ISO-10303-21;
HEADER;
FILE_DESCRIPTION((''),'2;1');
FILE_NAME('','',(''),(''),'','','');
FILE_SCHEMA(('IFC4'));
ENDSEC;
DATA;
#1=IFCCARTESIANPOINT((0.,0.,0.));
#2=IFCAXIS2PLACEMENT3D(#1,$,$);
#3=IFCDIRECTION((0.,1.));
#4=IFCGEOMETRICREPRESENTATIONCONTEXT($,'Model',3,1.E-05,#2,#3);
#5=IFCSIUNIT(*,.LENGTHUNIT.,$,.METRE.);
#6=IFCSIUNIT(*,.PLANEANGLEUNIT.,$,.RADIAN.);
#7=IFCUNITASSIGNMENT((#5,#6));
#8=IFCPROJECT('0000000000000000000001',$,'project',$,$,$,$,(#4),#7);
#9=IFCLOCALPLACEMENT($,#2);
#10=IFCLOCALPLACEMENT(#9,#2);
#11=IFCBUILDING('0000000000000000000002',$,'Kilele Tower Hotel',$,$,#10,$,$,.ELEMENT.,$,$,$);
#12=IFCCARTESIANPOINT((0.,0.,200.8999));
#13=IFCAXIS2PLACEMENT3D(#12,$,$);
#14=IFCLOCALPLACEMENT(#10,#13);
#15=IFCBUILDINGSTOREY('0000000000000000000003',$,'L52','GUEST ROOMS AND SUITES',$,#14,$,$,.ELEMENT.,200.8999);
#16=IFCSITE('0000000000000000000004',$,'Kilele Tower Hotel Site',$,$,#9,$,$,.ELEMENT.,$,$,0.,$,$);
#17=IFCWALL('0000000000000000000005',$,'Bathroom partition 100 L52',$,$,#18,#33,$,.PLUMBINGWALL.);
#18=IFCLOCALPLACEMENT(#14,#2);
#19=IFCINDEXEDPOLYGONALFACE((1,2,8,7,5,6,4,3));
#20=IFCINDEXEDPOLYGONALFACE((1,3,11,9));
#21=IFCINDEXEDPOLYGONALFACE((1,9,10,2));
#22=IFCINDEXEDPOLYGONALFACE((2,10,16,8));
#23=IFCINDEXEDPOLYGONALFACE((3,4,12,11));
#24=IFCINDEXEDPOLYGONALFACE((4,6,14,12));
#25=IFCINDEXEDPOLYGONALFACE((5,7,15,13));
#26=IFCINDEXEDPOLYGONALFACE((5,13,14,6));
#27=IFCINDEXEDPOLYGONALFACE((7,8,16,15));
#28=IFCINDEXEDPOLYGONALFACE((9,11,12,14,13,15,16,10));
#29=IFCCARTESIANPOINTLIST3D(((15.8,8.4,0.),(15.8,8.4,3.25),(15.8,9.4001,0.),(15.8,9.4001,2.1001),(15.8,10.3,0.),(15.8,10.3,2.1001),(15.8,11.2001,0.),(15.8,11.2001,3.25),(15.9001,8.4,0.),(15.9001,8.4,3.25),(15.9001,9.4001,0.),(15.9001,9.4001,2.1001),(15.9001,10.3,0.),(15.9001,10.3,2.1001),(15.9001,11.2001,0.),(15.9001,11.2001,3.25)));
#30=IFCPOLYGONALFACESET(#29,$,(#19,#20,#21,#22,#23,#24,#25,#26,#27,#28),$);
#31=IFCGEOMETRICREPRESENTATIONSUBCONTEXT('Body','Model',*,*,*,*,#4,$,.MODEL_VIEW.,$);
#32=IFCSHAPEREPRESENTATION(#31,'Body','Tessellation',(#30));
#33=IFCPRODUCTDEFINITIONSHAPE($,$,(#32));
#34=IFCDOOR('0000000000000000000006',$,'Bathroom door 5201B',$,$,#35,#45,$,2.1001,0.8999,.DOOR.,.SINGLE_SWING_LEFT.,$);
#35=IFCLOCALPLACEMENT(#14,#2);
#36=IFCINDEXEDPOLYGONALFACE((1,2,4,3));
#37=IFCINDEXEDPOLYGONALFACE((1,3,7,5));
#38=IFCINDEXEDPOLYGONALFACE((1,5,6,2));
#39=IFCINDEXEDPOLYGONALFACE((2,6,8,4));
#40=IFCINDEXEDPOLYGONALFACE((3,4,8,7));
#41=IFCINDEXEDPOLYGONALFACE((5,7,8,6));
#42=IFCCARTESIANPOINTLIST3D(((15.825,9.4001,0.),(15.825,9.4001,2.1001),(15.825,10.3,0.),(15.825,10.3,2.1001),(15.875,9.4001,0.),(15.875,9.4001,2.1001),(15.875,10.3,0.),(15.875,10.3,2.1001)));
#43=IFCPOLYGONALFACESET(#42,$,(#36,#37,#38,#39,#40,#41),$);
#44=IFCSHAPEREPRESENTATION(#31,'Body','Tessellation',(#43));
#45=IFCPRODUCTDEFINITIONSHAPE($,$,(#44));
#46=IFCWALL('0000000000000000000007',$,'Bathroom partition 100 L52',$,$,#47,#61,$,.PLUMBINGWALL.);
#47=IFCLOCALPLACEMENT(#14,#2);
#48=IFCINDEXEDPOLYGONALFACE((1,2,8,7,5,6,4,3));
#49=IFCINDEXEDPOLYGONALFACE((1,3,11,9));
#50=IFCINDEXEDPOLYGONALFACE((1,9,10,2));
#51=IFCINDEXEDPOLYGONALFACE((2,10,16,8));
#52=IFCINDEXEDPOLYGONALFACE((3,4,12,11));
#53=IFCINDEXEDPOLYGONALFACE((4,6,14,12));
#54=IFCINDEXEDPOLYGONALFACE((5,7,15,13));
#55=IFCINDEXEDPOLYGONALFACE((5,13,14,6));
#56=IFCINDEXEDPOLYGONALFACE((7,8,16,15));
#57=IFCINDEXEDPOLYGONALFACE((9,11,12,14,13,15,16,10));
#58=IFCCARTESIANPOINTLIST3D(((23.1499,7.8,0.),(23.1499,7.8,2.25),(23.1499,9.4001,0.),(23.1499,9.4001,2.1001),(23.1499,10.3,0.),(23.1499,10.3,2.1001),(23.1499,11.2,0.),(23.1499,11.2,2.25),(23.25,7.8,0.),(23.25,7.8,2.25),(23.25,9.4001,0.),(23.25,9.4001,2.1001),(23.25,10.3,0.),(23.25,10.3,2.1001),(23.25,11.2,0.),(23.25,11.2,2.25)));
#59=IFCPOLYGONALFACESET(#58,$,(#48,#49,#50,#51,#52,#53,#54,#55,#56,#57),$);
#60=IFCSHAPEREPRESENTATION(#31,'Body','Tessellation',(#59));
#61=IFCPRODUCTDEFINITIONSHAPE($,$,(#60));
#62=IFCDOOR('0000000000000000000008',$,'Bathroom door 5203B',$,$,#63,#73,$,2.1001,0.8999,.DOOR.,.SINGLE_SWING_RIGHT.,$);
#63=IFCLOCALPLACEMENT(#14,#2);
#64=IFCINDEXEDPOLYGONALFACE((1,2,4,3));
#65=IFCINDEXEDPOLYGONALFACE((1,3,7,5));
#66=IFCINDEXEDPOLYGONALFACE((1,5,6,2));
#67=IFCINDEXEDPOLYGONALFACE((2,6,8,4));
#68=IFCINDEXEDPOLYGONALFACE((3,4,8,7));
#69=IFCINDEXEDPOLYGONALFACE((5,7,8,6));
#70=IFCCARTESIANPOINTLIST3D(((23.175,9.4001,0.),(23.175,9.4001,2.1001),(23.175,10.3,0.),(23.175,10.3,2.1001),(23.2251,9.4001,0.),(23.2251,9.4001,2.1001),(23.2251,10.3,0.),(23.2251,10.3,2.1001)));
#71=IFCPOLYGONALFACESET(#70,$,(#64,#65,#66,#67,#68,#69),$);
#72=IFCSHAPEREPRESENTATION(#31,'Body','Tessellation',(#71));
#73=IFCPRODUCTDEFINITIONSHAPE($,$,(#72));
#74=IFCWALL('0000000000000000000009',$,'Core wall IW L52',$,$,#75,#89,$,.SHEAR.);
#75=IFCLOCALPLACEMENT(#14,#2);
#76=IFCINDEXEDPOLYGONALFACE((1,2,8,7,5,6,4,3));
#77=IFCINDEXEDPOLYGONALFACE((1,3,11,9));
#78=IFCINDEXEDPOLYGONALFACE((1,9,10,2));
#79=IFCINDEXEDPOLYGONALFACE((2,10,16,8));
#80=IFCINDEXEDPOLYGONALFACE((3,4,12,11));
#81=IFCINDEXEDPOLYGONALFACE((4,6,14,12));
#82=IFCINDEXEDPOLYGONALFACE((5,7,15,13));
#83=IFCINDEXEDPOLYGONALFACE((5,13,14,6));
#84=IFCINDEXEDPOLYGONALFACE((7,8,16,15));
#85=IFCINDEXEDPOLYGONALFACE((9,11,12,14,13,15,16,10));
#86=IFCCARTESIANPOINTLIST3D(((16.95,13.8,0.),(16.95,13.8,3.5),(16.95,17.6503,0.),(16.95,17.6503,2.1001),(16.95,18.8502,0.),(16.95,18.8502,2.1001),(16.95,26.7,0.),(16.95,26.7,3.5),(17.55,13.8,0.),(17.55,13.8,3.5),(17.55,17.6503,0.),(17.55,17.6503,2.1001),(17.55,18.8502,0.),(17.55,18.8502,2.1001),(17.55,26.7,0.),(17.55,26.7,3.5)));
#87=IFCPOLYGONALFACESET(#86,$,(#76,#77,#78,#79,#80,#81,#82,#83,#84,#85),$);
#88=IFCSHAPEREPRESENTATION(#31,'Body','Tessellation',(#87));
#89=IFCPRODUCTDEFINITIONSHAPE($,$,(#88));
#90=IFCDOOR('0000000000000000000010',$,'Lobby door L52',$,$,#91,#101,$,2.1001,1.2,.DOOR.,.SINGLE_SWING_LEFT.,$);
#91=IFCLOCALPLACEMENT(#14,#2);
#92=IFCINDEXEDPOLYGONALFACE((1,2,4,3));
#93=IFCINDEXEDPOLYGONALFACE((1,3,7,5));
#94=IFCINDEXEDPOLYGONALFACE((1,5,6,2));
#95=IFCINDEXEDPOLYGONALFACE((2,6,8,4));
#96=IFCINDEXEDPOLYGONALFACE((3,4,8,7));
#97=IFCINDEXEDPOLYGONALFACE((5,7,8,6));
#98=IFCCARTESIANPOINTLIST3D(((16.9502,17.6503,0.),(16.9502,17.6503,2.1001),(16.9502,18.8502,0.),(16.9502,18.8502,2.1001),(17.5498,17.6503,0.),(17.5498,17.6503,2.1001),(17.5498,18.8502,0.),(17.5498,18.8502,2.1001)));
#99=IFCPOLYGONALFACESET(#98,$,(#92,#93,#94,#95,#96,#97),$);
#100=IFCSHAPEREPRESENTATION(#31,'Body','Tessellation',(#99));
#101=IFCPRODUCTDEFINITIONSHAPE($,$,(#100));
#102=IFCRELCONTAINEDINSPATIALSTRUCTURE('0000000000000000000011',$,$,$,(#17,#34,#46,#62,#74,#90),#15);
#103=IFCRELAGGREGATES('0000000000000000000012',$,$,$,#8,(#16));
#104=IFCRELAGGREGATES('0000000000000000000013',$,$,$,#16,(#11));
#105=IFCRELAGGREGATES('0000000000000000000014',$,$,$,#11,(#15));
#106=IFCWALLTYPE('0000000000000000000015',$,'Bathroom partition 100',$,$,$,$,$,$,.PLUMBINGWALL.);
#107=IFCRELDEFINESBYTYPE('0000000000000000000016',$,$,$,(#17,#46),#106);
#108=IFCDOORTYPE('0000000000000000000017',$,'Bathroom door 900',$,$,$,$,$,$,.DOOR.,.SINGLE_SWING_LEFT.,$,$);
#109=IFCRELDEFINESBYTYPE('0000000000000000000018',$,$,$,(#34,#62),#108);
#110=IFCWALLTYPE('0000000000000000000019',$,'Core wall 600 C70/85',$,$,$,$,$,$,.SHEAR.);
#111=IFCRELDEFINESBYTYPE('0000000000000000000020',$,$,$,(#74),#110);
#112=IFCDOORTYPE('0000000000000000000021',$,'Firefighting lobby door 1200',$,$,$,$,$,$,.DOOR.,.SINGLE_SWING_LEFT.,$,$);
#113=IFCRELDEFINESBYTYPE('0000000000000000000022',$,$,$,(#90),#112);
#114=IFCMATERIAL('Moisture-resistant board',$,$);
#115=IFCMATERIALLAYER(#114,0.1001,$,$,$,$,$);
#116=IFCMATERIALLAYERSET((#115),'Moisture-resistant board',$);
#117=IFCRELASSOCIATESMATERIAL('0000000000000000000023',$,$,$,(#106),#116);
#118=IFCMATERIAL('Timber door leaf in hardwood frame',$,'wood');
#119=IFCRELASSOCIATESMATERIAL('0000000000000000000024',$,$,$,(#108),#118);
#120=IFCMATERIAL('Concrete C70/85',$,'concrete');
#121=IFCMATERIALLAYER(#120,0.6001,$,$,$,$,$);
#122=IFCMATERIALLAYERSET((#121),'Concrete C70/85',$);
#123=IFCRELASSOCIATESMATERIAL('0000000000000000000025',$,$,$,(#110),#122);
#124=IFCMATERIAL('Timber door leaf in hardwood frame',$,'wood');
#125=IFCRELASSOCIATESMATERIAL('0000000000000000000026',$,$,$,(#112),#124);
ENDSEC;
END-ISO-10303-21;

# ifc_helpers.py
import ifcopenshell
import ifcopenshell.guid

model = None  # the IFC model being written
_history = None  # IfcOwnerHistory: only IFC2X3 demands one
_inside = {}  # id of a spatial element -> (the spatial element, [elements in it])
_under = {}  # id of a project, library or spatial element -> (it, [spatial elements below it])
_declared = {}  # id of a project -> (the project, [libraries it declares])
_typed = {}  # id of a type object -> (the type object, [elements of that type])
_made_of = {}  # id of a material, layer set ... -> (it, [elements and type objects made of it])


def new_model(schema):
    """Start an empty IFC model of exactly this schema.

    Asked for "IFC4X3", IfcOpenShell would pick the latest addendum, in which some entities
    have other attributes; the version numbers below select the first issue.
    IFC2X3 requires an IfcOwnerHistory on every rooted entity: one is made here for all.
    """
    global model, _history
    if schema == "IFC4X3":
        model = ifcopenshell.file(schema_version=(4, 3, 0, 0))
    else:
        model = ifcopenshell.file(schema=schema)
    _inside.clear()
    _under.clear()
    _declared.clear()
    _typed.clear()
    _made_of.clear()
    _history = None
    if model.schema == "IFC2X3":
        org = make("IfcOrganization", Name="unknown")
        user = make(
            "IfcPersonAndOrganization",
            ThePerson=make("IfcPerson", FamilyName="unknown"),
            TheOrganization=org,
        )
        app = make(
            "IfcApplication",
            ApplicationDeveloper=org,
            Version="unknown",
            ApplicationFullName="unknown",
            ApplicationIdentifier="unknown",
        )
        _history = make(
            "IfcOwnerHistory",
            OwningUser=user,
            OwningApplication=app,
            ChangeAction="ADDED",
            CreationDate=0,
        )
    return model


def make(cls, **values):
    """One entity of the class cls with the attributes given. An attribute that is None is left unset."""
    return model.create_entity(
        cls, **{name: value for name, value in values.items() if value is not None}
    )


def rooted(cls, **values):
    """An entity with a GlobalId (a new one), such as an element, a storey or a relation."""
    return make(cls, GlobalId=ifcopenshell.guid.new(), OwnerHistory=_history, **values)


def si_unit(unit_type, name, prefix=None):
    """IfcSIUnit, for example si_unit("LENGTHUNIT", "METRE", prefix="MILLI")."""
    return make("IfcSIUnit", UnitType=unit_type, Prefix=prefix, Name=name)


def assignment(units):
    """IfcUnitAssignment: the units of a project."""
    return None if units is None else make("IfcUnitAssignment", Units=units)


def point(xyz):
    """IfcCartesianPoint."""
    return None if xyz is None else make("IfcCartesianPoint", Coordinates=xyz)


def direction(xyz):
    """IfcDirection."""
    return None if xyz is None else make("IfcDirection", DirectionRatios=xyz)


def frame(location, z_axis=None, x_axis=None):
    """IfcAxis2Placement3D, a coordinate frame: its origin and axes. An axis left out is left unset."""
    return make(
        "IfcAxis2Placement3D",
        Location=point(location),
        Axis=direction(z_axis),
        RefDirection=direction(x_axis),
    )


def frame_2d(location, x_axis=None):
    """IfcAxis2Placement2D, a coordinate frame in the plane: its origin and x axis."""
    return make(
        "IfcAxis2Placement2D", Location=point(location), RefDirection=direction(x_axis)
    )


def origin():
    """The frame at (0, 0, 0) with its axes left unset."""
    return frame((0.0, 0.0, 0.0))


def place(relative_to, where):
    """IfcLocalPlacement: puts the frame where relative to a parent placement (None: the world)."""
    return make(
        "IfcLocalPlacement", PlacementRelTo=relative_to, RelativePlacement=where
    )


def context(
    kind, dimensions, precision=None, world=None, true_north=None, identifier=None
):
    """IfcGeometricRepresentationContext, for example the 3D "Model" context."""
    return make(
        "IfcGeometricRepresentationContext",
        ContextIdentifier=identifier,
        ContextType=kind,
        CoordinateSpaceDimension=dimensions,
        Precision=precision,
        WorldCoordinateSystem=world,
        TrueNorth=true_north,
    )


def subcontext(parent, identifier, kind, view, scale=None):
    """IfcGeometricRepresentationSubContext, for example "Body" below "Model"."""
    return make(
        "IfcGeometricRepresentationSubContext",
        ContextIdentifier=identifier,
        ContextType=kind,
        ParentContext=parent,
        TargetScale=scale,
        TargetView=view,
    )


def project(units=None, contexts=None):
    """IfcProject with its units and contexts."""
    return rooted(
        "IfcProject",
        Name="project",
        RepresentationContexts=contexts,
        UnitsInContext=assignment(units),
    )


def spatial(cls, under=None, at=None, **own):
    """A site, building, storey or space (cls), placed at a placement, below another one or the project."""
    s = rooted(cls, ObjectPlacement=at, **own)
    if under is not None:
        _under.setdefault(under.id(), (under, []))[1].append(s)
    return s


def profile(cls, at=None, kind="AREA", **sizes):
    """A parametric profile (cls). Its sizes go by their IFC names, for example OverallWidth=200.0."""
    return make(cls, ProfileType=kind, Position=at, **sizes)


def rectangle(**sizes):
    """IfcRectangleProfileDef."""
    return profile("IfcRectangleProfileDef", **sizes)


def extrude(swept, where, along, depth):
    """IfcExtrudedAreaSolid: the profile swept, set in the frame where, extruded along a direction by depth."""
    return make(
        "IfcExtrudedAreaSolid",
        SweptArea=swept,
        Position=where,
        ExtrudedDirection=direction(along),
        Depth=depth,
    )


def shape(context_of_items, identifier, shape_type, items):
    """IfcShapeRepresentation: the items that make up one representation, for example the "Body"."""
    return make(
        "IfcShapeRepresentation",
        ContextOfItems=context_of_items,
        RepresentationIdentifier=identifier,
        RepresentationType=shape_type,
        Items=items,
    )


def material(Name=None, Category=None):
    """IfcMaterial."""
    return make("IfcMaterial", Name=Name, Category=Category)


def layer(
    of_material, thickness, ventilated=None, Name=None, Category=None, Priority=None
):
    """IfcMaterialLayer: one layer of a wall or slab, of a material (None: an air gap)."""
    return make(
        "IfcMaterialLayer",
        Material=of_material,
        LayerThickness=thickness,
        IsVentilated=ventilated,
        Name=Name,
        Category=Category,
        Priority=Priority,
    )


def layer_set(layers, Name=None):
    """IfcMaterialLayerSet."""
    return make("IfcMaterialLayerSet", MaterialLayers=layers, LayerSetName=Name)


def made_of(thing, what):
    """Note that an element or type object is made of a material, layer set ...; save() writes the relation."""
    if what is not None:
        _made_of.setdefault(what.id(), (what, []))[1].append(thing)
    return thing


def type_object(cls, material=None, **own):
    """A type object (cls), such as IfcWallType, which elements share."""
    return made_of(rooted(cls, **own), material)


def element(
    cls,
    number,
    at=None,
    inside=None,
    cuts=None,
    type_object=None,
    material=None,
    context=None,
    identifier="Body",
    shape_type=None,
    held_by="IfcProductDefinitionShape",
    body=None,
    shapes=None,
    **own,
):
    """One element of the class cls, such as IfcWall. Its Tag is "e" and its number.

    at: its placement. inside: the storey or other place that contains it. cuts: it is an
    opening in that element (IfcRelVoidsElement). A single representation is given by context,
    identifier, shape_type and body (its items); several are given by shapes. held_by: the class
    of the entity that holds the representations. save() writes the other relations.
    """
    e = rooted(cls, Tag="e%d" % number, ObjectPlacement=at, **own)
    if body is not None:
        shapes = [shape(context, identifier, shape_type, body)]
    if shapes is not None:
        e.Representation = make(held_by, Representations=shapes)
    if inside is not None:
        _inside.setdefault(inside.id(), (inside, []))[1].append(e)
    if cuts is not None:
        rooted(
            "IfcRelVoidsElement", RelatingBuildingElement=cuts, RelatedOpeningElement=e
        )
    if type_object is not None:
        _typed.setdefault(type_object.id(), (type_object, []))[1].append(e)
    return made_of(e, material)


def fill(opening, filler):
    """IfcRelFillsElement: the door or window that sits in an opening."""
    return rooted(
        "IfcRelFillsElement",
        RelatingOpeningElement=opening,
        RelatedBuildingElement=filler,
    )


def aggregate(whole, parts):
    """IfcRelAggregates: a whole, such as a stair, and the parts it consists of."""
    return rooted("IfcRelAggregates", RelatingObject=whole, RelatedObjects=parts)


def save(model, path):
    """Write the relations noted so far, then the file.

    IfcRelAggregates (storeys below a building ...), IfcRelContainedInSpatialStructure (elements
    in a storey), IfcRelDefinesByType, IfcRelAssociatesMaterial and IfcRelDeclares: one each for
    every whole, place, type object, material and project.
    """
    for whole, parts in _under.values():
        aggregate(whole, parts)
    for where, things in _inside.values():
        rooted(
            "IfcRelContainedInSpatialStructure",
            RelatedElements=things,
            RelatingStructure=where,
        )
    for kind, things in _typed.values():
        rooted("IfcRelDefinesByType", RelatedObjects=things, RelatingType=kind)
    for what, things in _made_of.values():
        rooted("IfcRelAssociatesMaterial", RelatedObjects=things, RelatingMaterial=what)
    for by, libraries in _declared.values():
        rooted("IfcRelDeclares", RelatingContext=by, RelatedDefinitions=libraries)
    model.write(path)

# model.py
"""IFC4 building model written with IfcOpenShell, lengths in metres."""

from ifc_helpers import new_model, si_unit, direction, frame, frame_2d, origin, place, context, subcontext, project, spatial, rectangle, extrude, material, layer, layer_set, type_object, element, fill, save


model = new_model("IFC4")

# Units and contexts
model_context = context("Model", 3, precision=1e-05, world=origin(), true_north=direction((0.0, 1.0)))
body_context = subcontext(model_context, "Body", "Model", "MODEL_VIEW")
ifc_project = project(units=[si_unit("LENGTHUNIT", "METRE"), si_unit("PLANEANGLEUNIT", "RADIAN")], contexts=[model_context])

# Site, building, storey
site_placement = place(None, origin())
site = spatial("IfcSite", under=ifc_project, at=site_placement, Name="Kilele Tower Hotel Site", CompositionType="ELEMENT", RefElevation=0.0)
building_placement = place(site_placement, origin())
building = spatial("IfcBuilding", under=site, at=building_placement, Name="Kilele Tower Hotel", CompositionType="ELEMENT")
storey_placement = place(building_placement, frame((0.0, 0.0, 200.8999)))
storey = spatial("IfcBuildingStorey", under=building, at=storey_placement, Name="L52", Description="GUEST ROOMS AND SUITES", CompositionType="ELEMENT", Elevation=200.8999)

# Walls, openings, doors
ifc_material_1 = material(Name="Moisture-resistant board")
ifc_layer_1 = layer(ifc_material_1, 0.1001)
ifc_layer_set_1 = layer_set([ifc_layer_1], Name="Moisture-resistant board")
wall_type_1 = type_object("IfcWallType", Name="Bathroom partition 100", PredefinedType="PLUMBINGWALL", material=ifc_layer_set_1)
wall_1_placement = place(storey_placement, frame((15.8501, 11.2, 0.0), z_axis=(0.0, 0.0, 1.0), x_axis=(0.0, -1.0, 0.0)))
wall_1 = element("IfcWall", 1, at=wall_1_placement, inside=storey, type_object=wall_type_1, Name="Bathroom partition 100 L52", PredefinedType="PLUMBINGWALL", context=body_context, shape_type="SweptSolid", body=[
    extrude(rectangle(XDim=2.8, YDim=0.1001, at=frame_2d((1.3999, 0.0))), origin(), (0.0, 0.0, 1.0), 3.25),
])
opening_1_placement = place(wall_1_placement, frame((0.8999, 0.0, 0.0)))
opening_1 = element("IfcOpeningElement", 2, at=opening_1_placement, cuts=wall_1, PredefinedType="OPENING", context=body_context, shape_type="SweptSolid", body=[
    extrude(rectangle(XDim=0.8999, YDim=2.1001, at=frame_2d((0.45, 1.05))), frame((0.0, 0.0601, 0.0), z_axis=(0.0, -1.0, 0.0), x_axis=(1.0, 0.0, 0.0)), (0.0, 0.0, 1.0), 0.1201),
])
ifc_material_2 = material(Name="Timber door leaf in hardwood frame", Category="wood")
door_type_1 = type_object("IfcDoorType", Name="Bathroom door 900", OperationType="SINGLE_SWING_LEFT", PredefinedType="DOOR", material=ifc_material_2)
door_1_placement = place(opening_1_placement, origin())
door_1 = element("IfcDoor", 3, at=door_1_placement, inside=storey, type_object=door_type_1, Name="Bathroom door 5201B", OperationType="SINGLE_SWING_LEFT", OverallHeight=2.1001, OverallWidth=0.8999, PredefinedType="DOOR", context=body_context, shape_type="SweptSolid", body=[
    extrude(rectangle(XDim=0.8999, YDim=2.1001, at=frame_2d((0.45, 1.05))), frame((0.0, 0.0249, 0.0), z_axis=(0.0, -1.0, 0.0), x_axis=(1.0, 0.0, 0.0)), (0.0, 0.0, 1.0), 0.05),
])
fill(opening_1, door_1)
wall_2_placement = place(storey_placement, frame((23.2, 11.2, 0.0), z_axis=(0.0, 0.0, 1.0), x_axis=(0.0, -1.0, 0.0)))
wall_2 = element("IfcWall", 4, at=wall_2_placement, inside=storey, type_object=wall_type_1, Name="Bathroom partition 100 L52", PredefinedType="PLUMBINGWALL", context=body_context, shape_type="SweptSolid", body=[
    extrude(rectangle(XDim=3.3999, YDim=0.1001, at=frame_2d((1.7, 0.0))), origin(), (0.0, 0.0, 1.0), 2.25),
])
opening_2_placement = place(wall_2_placement, frame((1.7998, 0.0, 0.0), z_axis=(0.0, 0.0, 1.0), x_axis=(-1.0, 0.0, 0.0)))
opening_2 = element("IfcOpeningElement", 5, at=opening_2_placement, cuts=wall_2, PredefinedType="OPENING", context=body_context, shape_type="SweptSolid", body=[
    extrude(rectangle(XDim=0.8999, YDim=2.1001, at=frame_2d((0.45, 1.05))), frame((0.0, 0.0601, 0.0), z_axis=(0.0, -1.0, 0.0), x_axis=(1.0, 0.0, 0.0)), (0.0, 0.0, 1.0), 0.1201),
])
door_2_placement = place(opening_2_placement, origin())
door_2 = element("IfcDoor", 6, at=door_2_placement, inside=storey, type_object=door_type_1, Name="Bathroom door 5203B", OperationType="SINGLE_SWING_RIGHT", OverallHeight=2.1001, OverallWidth=0.8999, PredefinedType="DOOR", context=body_context, shape_type="SweptSolid", body=[
    extrude(rectangle(XDim=0.8999, YDim=2.1001, at=frame_2d((0.45, 1.05))), frame((0.0, 0.0249, 0.0), z_axis=(0.0, -1.0, 0.0), x_axis=(1.0, 0.0, 0.0)), (0.0, 0.0, 1.0), 0.05),
])
fill(opening_2, door_2)
ifc_material_3 = material(Name="Concrete C70/85", Category="concrete")
ifc_layer_2 = layer(ifc_material_3, 0.6001)
ifc_layer_set_2 = layer_set([ifc_layer_2], Name="Concrete C70/85")
wall_type_2 = type_object("IfcWallType", Name="Core wall 600 C70/85", PredefinedType="SHEAR", material=ifc_layer_set_2)
wall_3_placement = place(storey_placement, frame((17.25, 13.8, 0.0), z_axis=(0.0, 0.0, 1.0), x_axis=(0.0, 1.0, 0.0)))
wall_3 = element("IfcWall", 7, at=wall_3_placement, inside=storey, type_object=wall_type_2, Name="Core wall IW L52", PredefinedType="SHEAR", context=body_context, shape_type="SweptSolid", body=[
    extrude(rectangle(XDim=12.8999, YDim=0.6001, at=frame_2d((6.45, 0.0))), origin(), (0.0, 0.0, 1.0), 3.5),
])
opening_3_placement = place(wall_3_placement, frame((3.8501, 0.0, 0.0)))
opening_3 = element("IfcOpeningElement", 8, at=opening_3_placement, cuts=wall_3, PredefinedType="OPENING", context=body_context, shape_type="SweptSolid", body=[
    extrude(rectangle(XDim=1.2, YDim=2.1001, at=frame_2d((0.6001, 1.05))), frame((0.0, 0.3101, 0.0), z_axis=(0.0, -1.0, 0.0), x_axis=(1.0, 0.0, 0.0)), (0.0, 0.0, 1.0), 0.6201),
])
ifc_material_4 = material(Name="Timber door leaf in hardwood frame", Category="wood")
door_type_2 = type_object("IfcDoorType", Name="Firefighting lobby door 1200", OperationType="SINGLE_SWING_LEFT", PredefinedType="DOOR", material=ifc_material_4)
door_3_placement = place(opening_3_placement, origin())
door_3 = element("IfcDoor", 9, at=door_3_placement, inside=storey, type_object=door_type_2, Name="Lobby door L52", OperationType="SINGLE_SWING_LEFT", OverallHeight=2.1001, OverallWidth=1.2, PredefinedType="DOOR", context=body_context, shape_type="SweptSolid", body=[
    extrude(rectangle(XDim=1.2, YDim=2.1001, at=frame_2d((0.6001, 1.05))), frame((0.0, 0.2998, 0.0), z_axis=(0.0, -1.0, 0.0), x_axis=(1.0, 0.0, 0.0)), (0.0, 0.0, 1.0), 0.5996),
])
fill(opening_3, door_3)

save(model, "model.ifc")
